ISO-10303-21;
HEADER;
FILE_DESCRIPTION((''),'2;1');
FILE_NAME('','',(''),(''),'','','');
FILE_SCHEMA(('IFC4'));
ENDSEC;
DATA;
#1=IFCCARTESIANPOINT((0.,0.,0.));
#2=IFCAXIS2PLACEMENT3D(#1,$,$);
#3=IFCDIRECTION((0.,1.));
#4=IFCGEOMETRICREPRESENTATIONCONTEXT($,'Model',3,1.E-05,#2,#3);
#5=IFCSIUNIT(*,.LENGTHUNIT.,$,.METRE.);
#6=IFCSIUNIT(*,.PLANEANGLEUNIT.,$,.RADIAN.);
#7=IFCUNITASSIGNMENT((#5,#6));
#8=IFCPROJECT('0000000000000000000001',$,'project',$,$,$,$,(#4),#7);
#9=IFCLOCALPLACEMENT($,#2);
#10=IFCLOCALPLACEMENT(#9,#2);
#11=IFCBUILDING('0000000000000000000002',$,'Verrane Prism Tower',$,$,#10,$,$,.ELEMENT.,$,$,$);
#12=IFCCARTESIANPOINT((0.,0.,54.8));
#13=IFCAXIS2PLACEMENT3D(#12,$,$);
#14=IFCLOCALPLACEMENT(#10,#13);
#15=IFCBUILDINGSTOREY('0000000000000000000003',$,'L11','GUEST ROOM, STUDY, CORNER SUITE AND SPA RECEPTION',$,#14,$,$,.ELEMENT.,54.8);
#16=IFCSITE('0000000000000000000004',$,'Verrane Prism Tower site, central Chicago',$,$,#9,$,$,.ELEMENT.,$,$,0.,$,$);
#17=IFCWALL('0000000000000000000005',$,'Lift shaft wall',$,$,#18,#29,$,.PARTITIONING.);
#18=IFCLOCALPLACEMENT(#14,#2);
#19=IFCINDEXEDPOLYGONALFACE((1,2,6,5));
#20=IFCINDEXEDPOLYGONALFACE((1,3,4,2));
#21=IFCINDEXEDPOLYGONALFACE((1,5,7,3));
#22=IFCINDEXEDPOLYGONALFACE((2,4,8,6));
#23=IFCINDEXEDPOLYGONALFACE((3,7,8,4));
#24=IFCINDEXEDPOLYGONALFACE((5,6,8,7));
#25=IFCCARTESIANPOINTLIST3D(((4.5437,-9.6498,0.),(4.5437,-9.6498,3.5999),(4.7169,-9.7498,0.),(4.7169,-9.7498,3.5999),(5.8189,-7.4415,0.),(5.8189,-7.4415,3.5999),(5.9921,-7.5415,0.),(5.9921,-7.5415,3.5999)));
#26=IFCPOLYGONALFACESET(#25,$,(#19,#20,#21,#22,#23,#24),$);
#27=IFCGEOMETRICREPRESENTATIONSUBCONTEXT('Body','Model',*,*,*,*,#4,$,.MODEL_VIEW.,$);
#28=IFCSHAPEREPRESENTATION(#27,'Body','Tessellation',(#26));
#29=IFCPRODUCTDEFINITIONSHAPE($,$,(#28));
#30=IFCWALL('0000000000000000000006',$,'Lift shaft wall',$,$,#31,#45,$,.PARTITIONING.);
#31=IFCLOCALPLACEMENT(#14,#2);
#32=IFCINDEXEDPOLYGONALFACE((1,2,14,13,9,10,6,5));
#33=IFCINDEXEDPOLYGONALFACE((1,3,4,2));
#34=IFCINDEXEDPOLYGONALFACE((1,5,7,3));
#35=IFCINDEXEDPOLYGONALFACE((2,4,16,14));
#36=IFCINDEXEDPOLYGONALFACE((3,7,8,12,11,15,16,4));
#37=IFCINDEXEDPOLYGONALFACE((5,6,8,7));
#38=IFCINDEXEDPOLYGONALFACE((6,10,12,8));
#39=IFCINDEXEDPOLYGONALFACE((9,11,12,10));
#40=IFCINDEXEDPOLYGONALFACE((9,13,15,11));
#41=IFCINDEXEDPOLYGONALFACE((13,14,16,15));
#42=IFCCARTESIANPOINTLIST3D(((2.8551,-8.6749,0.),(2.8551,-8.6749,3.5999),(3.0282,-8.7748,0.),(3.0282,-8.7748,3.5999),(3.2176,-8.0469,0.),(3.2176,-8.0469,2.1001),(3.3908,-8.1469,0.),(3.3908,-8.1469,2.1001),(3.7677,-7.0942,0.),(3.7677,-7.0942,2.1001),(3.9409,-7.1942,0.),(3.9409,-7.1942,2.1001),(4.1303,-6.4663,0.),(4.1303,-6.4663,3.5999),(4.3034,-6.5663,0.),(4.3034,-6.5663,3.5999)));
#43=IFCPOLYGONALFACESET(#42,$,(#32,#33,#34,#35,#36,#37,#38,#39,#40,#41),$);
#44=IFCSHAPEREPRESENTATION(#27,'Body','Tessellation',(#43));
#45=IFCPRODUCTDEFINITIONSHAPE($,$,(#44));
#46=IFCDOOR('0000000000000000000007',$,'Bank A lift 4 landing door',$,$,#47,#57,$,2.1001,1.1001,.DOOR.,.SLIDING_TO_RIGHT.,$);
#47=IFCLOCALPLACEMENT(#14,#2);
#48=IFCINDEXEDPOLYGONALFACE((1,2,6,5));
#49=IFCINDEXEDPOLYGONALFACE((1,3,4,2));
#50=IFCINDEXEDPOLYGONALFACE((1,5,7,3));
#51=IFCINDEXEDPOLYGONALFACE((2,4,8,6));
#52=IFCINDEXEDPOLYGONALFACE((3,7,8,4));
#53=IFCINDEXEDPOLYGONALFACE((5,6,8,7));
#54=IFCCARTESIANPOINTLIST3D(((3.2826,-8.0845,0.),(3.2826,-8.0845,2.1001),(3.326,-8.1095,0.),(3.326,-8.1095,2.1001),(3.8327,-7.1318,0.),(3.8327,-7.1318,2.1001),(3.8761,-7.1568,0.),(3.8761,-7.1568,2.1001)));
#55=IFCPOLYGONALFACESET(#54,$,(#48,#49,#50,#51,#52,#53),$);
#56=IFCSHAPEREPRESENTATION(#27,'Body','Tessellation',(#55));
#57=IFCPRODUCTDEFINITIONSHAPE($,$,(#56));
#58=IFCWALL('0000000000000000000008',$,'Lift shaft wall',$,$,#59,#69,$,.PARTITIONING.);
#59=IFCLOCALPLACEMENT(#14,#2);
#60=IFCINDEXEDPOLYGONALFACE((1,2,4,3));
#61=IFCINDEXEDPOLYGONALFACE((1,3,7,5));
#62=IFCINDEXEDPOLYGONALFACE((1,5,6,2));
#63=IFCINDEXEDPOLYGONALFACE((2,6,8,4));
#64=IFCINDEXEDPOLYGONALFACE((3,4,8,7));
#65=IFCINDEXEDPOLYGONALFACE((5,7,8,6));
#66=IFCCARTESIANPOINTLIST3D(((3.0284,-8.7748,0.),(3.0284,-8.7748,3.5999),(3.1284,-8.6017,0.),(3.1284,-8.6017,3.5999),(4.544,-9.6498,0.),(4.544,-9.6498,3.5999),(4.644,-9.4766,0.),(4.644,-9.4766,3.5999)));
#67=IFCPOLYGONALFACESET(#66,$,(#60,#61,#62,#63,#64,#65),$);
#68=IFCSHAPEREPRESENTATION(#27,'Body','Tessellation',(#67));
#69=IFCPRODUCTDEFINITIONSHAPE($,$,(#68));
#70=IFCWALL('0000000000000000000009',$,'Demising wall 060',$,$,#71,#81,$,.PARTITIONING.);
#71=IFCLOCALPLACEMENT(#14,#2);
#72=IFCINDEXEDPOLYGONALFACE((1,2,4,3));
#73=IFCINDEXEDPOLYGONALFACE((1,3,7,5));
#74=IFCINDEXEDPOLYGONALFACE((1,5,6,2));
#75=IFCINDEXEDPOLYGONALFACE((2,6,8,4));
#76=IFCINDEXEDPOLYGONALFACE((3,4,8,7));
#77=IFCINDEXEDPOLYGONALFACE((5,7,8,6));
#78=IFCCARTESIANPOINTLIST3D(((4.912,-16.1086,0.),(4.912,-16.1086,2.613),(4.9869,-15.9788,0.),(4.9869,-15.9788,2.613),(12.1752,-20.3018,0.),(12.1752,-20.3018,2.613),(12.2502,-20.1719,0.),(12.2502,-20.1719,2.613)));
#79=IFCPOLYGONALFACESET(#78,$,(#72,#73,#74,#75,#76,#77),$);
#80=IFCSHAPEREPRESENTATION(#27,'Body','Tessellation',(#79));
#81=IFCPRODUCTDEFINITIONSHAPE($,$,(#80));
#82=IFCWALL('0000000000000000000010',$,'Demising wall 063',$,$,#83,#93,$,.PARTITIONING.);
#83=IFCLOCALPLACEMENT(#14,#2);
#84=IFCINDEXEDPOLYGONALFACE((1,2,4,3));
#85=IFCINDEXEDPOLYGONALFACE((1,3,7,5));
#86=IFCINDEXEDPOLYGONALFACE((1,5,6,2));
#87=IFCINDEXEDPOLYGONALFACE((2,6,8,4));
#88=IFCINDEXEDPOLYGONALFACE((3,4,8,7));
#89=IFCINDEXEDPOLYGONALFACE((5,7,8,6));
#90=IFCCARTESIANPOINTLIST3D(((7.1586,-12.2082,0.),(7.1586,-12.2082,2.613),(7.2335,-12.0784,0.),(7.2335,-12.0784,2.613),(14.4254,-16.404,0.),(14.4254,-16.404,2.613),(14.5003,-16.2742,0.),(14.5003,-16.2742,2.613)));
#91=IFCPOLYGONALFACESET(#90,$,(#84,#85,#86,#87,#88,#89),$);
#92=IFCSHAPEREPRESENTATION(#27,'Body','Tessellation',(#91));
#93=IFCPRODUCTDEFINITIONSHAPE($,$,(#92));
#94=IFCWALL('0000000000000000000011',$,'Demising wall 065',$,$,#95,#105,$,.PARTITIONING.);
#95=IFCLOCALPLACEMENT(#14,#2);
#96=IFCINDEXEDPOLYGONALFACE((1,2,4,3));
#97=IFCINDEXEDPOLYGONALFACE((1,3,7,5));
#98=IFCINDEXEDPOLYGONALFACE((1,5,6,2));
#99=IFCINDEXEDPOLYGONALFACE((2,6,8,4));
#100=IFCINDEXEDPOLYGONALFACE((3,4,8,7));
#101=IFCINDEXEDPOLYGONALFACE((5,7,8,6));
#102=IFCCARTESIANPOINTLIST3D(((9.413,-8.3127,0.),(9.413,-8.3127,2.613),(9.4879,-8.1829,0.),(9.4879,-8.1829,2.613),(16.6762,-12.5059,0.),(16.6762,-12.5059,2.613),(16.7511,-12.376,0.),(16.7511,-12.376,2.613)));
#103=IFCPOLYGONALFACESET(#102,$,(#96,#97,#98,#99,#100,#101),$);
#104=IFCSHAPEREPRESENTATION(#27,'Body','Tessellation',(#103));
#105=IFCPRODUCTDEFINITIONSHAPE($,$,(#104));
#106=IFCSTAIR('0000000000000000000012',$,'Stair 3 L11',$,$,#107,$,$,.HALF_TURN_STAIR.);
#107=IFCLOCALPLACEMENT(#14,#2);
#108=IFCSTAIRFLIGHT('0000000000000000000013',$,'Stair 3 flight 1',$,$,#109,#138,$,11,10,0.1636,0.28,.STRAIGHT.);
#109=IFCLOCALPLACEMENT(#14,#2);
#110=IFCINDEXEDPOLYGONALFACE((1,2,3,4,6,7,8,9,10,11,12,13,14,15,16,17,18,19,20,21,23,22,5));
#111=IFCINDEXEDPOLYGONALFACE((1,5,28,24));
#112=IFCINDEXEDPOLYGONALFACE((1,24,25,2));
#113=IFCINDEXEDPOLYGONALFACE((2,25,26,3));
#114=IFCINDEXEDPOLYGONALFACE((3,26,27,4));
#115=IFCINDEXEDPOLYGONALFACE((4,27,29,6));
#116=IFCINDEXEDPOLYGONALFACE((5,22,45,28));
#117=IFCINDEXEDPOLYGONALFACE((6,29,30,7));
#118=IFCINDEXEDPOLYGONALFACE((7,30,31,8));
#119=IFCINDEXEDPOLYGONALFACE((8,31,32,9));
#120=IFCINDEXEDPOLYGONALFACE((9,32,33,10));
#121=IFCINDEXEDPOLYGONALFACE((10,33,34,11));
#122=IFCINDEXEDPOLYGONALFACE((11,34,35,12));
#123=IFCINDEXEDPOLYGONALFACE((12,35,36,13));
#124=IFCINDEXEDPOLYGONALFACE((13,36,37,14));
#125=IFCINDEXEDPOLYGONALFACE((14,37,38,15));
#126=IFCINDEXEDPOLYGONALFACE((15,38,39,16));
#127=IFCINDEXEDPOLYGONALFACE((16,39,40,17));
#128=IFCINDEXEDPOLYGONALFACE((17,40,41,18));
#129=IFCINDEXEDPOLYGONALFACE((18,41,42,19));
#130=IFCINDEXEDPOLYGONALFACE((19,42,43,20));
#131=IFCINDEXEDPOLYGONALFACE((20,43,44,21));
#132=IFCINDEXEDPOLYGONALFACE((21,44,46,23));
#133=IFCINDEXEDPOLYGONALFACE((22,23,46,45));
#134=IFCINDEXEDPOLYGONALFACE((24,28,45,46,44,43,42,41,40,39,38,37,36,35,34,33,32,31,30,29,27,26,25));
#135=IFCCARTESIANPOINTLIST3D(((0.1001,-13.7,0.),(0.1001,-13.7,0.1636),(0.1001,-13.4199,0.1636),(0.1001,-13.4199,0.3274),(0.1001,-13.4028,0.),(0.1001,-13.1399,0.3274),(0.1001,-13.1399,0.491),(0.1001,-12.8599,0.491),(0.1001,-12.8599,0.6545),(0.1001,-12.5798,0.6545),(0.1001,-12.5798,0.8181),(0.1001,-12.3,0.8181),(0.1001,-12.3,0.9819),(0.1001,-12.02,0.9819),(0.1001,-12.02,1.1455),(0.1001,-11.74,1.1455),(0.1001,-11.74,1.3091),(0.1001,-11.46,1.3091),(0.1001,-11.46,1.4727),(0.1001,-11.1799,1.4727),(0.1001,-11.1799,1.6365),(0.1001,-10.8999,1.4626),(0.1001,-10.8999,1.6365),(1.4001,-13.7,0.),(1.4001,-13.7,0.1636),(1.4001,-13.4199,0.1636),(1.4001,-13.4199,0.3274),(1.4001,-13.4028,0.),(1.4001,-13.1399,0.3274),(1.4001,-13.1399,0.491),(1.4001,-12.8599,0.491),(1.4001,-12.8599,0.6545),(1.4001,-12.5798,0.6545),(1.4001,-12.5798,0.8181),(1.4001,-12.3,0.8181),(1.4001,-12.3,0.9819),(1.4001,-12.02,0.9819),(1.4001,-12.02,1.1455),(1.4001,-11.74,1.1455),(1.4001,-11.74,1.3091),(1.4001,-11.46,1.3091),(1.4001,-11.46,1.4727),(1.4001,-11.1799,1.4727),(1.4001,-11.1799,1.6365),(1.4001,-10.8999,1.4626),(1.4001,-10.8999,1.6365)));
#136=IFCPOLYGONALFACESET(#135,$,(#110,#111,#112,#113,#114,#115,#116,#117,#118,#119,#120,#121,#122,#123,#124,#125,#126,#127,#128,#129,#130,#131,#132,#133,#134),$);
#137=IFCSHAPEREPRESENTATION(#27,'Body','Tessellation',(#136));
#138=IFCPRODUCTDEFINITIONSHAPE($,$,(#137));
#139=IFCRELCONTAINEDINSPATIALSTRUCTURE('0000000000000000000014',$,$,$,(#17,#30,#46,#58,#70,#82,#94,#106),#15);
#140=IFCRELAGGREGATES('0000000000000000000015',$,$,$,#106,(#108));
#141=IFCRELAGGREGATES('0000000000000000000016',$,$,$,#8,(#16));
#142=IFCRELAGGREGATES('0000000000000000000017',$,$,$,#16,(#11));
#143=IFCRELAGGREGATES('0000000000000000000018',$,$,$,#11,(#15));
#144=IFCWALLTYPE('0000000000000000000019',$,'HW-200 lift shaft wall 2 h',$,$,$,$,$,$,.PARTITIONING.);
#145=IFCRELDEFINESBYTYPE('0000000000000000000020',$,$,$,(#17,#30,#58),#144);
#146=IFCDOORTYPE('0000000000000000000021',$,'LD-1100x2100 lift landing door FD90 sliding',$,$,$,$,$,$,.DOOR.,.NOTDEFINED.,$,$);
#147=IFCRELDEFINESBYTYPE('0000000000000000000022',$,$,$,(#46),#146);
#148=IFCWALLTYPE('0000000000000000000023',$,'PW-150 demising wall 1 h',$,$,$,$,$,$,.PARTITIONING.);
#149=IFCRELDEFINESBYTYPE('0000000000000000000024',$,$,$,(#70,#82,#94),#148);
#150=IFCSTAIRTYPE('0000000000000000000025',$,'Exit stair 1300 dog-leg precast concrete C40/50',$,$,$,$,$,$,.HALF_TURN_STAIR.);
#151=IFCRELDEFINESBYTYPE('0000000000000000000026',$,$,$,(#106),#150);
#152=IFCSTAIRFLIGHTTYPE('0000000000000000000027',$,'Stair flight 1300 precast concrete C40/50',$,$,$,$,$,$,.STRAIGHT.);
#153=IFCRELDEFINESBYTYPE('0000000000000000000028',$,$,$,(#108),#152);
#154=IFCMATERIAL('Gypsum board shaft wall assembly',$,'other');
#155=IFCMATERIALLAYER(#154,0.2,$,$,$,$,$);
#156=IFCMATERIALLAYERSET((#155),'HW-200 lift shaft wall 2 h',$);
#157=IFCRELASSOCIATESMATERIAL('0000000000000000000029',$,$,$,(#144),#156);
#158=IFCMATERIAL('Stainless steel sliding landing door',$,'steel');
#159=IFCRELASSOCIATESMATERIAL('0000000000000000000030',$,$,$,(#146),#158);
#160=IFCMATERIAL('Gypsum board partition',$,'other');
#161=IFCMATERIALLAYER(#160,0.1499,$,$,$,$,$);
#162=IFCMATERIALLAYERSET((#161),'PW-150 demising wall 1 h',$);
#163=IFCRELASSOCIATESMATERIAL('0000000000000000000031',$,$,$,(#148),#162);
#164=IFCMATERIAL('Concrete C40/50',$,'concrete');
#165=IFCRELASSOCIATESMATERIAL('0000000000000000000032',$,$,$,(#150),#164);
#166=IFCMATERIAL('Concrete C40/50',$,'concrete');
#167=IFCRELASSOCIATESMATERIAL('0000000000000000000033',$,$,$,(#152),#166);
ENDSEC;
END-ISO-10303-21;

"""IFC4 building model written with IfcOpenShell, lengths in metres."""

from ifc_helpers import new_model, si_unit, direction, frame, frame_2d, origin, place, context, subcontext, project, spatial, polyline, rectangle, outline, extrude, material, layer, layer_set, type_object, element, fill, aggregate, save


model = new_model("IFC4")

# Units and contexts
model_context = context("Model", 3, precision=1e-05, world=origin(), true_north=direction((0.0, 1.0)))
body_context = subcontext(model_context, "Body", "Model", "MODEL_VIEW")
ifc_project = project(units=[si_unit("LENGTHUNIT", "METRE"), si_unit("PLANEANGLEUNIT", "RADIAN")], contexts=[model_context])

# Site, building, storey
site_placement = place(None, origin())
site = spatial("IfcSite", under=ifc_project, at=site_placement, Name="Verrane Prism Tower site, central Chicago", CompositionType="ELEMENT", RefElevation=0.0)
building_placement = place(site_placement, origin())
building = spatial("IfcBuilding", under=site, at=building_placement, Name="Verrane Prism Tower", CompositionType="ELEMENT")
storey_placement = place(building_placement, frame((0.0, 0.0, 54.8)))
storey = spatial("IfcBuildingStorey", under=building, at=storey_placement, Name="L11", Description="GUEST ROOM, STUDY, CORNER SUITE AND SPA RECEPTION", CompositionType="ELEMENT", Elevation=54.8)

# Wall
ifc_material_1 = material(Name="Gypsum board shaft wall assembly", Category="other")
ifc_layer_1 = layer(ifc_material_1, 0.2)
ifc_layer_set_1 = layer_set([ifc_layer_1], Name="HW-200 lift shaft wall 2 h")
wall_type_1 = type_object("IfcWallType", Name="HW-200 lift shaft wall 2 h", PredefinedType="PARTITIONING", material=ifc_layer_set_1)
wall_1_placement = place(storey_placement, frame((4.6304, -9.6997, 0.0), z_axis=(0.0, 0.0, 1.0), x_axis=(0.500062, 0.865989, 0.0)))
element("IfcWall", 1, at=wall_1_placement, inside=storey, type_object=wall_type_1, Name="Lift shaft wall", PredefinedType="PARTITIONING", context=body_context, shape_type="SweptSolid", body=[
    extrude(rectangle(XDim=2.55, YDim=0.2, at=frame_2d((1.2749, 0.0))), origin(), (0.0, 0.0, 1.0), 3.5999),
])

# Wall, opening, door
wall_2_placement = place(storey_placement, frame((2.9417, -8.7249, 0.0), z_axis=(0.0, 0.0, 1.0), x_axis=(0.500021, 0.866013, 0.0)))
wall_2 = element("IfcWall", 2, at=wall_2_placement, inside=storey, type_object=wall_type_1, Name="Lift shaft wall", PredefinedType="PARTITIONING", context=body_context, shape_type="SweptSolid", body=[
    extrude(rectangle(XDim=2.5503, YDim=0.2, at=frame_2d((1.2751, 0.0))), origin(), (0.0, 0.0, 1.0), 3.5999),
])
opening_1_placement = place(wall_2_placement, frame((0.7251, 0.0, 0.0)))
opening_1 = element("IfcOpeningElement", 3, at=opening_1_placement, cuts=wall_2, PredefinedType="OPENING", context=body_context, shape_type="SweptSolid", body=[
    extrude(rectangle(XDim=1.1001, YDim=2.1001, at=frame_2d((0.55, 1.05))), frame((0.0, 0.1099, 0.0), z_axis=(0.0, -1.0, 0.0), x_axis=(1.0, 0.0, 0.0)), (0.0, 0.0, 1.0), 0.22),
])
ifc_material_2 = material(Name="Stainless steel sliding landing door", Category="steel")
door_type_1 = type_object("IfcDoorType", Name="LD-1100x2100 lift landing door FD90 sliding", OperationType="NOTDEFINED", PredefinedType="DOOR", material=ifc_material_2)
door_1_placement = place(opening_1_placement, origin())
door_1 = element("IfcDoor", 4, at=door_1_placement, inside=storey, type_object=door_type_1, Name="Bank A lift 4 landing door", OperationType="SLIDING_TO_RIGHT", OverallHeight=2.1001, OverallWidth=1.1001, PredefinedType="DOOR", context=body_context, shape_type="SweptSolid", body=[
    extrude(rectangle(XDim=1.1001, YDim=2.1001, at=frame_2d((0.55, 1.05))), frame((0.0, 0.0249, 0.0), z_axis=(0.0, -1.0, 0.0), x_axis=(1.0, 0.0, 0.0)), (0.0, 0.0, 1.0), 0.05),
])
fill(opening_1, door_1)

# Walls
wall_3_placement = place(storey_placement, frame((4.594, -9.5632, 0.0), z_axis=(0.0, 0.0, 1.0), x_axis=(-0.866037, 0.49998, 0.0)))
element("IfcWall", 5, at=wall_3_placement, inside=storey, type_object=wall_type_1, Name="Lift shaft wall", PredefinedType="PARTITIONING", context=body_context, shape_type="SweptSolid", body=[
    extrude(rectangle(XDim=1.75, YDim=0.2, at=frame_2d((0.875, 0.0))), origin(), (0.0, 0.0, 1.0), 3.5999),
])
ifc_material_3 = material(Name="Gypsum board partition", Category="other")
ifc_layer_2 = layer(ifc_material_3, 0.1499)
ifc_layer_set_2 = layer_set([ifc_layer_2], Name="PW-150 demising wall 1 h")
wall_type_2 = type_object("IfcWallType", Name="PW-150 demising wall 1 h", PredefinedType="PARTITIONING", material=ifc_layer_set_2)
wall_4_placement = place(storey_placement, frame((4.9495, -16.0437, 0.0), z_axis=(0.0, 0.0, 1.0), x_axis=(0.86604, -0.499974, 0.0)))
element("IfcWall", 6, at=wall_4_placement, inside=storey, type_object=wall_type_2, Name="Demising wall 060", PredefinedType="PARTITIONING", context=body_context, shape_type="SweptSolid", body=[
    extrude(rectangle(XDim=8.3867, YDim=0.1499, at=frame_2d((4.1934, 0.0))), origin(), (0.0, 0.0, 1.0), 2.613),
])
wall_5_placement = place(storey_placement, frame((7.196, -12.1433, 0.0), z_axis=(0.0, 0.0, 1.0), x_axis=(0.866011, -0.500026, 0.0)))
element("IfcWall", 7, at=wall_5_placement, inside=storey, type_object=wall_type_2, Name="Demising wall 063", PredefinedType="PARTITIONING", context=body_context, shape_type="SweptSolid", body=[
    extrude(rectangle(XDim=8.3911, YDim=0.1499, at=frame_2d((4.1956, 0.0))), origin(), (0.0, 0.0, 1.0), 2.613),
])
wall_6_placement = place(storey_placement, frame((9.4504, -8.2478, 0.0), z_axis=(0.0, 0.0, 1.0), x_axis=(0.86604, -0.499974, 0.0)))
element("IfcWall", 8, at=wall_6_placement, inside=storey, type_object=wall_type_2, Name="Demising wall 065", PredefinedType="PARTITIONING", context=body_context, shape_type="SweptSolid", body=[
    extrude(rectangle(XDim=8.3867, YDim=0.1499, at=frame_2d((4.1934, 0.0))), origin(), (0.0, 0.0, 1.0), 2.613),
])

# Stair, stair flight
ifc_material_4 = material(Name="Concrete C40/50", Category="concrete")
stair_type = type_object("IfcStairType", Name="Exit stair 1300 dog-leg precast concrete C40/50", PredefinedType="HALF_TURN_STAIR", material=ifc_material_4)
stair_placement = place(storey_placement, origin())
stair = element("IfcStair", 9, at=stair_placement, inside=storey, type_object=stair_type, Name="Stair 3 L11", PredefinedType="HALF_TURN_STAIR")
ifc_material_5 = material(Name="Concrete C40/50", Category="concrete")
stair_flight_type = type_object("IfcStairFlightType", Name="Stair flight 1300 precast concrete C40/50", PredefinedType="STRAIGHT", material=ifc_material_5)
stair_flight_placement = place(storey_placement, frame((0.75, -13.7, 0.0), z_axis=(0.0, 0.0, 1.0), x_axis=(0.0, 1.0, 0.0)))
stair_flight = element("IfcStairFlight", 10, at=stair_flight_placement, type_object=stair_flight_type, Name="Stair 3 flight 1", NumberOfRisers=11, NumberOfTreads=10, PredefinedType="STRAIGHT", RiserHeight=0.1636, TreadLength=0.28, context=body_context, shape_type="SweptSolid", body=[
    extrude(outline(polyline([(0.0, 0.0), (0.0, 0.1636), (0.28, 0.1636), (0.28, 0.3274), (0.5601, 0.3274), (0.5601, 0.491), (0.8401, 0.491), (0.8401, 0.6545), (1.1201, 0.6545), (1.1201, 0.8181), (1.3999, 0.8181), (1.3999, 0.9819), (1.6799, 0.9819), (1.6799, 1.1455), (1.96, 1.1455), (1.96, 1.3091), (2.24, 1.3091), (2.24, 1.4727), (2.52, 1.4727), (2.52, 1.6365), (2.8, 1.6365), (2.8, 1.8), (2.8, 1.4626), (0.2971, 0.0), (0.0, 0.0)])), frame((0.0, 0.6499, 0.0), z_axis=(0.0, -1.0, 0.0), x_axis=(1.0, 0.0, 0.0)), (0.0, 0.0, 1.0), 1.3),
])
aggregate(stair, [stair_flight])

save(model, "model.ifc")
